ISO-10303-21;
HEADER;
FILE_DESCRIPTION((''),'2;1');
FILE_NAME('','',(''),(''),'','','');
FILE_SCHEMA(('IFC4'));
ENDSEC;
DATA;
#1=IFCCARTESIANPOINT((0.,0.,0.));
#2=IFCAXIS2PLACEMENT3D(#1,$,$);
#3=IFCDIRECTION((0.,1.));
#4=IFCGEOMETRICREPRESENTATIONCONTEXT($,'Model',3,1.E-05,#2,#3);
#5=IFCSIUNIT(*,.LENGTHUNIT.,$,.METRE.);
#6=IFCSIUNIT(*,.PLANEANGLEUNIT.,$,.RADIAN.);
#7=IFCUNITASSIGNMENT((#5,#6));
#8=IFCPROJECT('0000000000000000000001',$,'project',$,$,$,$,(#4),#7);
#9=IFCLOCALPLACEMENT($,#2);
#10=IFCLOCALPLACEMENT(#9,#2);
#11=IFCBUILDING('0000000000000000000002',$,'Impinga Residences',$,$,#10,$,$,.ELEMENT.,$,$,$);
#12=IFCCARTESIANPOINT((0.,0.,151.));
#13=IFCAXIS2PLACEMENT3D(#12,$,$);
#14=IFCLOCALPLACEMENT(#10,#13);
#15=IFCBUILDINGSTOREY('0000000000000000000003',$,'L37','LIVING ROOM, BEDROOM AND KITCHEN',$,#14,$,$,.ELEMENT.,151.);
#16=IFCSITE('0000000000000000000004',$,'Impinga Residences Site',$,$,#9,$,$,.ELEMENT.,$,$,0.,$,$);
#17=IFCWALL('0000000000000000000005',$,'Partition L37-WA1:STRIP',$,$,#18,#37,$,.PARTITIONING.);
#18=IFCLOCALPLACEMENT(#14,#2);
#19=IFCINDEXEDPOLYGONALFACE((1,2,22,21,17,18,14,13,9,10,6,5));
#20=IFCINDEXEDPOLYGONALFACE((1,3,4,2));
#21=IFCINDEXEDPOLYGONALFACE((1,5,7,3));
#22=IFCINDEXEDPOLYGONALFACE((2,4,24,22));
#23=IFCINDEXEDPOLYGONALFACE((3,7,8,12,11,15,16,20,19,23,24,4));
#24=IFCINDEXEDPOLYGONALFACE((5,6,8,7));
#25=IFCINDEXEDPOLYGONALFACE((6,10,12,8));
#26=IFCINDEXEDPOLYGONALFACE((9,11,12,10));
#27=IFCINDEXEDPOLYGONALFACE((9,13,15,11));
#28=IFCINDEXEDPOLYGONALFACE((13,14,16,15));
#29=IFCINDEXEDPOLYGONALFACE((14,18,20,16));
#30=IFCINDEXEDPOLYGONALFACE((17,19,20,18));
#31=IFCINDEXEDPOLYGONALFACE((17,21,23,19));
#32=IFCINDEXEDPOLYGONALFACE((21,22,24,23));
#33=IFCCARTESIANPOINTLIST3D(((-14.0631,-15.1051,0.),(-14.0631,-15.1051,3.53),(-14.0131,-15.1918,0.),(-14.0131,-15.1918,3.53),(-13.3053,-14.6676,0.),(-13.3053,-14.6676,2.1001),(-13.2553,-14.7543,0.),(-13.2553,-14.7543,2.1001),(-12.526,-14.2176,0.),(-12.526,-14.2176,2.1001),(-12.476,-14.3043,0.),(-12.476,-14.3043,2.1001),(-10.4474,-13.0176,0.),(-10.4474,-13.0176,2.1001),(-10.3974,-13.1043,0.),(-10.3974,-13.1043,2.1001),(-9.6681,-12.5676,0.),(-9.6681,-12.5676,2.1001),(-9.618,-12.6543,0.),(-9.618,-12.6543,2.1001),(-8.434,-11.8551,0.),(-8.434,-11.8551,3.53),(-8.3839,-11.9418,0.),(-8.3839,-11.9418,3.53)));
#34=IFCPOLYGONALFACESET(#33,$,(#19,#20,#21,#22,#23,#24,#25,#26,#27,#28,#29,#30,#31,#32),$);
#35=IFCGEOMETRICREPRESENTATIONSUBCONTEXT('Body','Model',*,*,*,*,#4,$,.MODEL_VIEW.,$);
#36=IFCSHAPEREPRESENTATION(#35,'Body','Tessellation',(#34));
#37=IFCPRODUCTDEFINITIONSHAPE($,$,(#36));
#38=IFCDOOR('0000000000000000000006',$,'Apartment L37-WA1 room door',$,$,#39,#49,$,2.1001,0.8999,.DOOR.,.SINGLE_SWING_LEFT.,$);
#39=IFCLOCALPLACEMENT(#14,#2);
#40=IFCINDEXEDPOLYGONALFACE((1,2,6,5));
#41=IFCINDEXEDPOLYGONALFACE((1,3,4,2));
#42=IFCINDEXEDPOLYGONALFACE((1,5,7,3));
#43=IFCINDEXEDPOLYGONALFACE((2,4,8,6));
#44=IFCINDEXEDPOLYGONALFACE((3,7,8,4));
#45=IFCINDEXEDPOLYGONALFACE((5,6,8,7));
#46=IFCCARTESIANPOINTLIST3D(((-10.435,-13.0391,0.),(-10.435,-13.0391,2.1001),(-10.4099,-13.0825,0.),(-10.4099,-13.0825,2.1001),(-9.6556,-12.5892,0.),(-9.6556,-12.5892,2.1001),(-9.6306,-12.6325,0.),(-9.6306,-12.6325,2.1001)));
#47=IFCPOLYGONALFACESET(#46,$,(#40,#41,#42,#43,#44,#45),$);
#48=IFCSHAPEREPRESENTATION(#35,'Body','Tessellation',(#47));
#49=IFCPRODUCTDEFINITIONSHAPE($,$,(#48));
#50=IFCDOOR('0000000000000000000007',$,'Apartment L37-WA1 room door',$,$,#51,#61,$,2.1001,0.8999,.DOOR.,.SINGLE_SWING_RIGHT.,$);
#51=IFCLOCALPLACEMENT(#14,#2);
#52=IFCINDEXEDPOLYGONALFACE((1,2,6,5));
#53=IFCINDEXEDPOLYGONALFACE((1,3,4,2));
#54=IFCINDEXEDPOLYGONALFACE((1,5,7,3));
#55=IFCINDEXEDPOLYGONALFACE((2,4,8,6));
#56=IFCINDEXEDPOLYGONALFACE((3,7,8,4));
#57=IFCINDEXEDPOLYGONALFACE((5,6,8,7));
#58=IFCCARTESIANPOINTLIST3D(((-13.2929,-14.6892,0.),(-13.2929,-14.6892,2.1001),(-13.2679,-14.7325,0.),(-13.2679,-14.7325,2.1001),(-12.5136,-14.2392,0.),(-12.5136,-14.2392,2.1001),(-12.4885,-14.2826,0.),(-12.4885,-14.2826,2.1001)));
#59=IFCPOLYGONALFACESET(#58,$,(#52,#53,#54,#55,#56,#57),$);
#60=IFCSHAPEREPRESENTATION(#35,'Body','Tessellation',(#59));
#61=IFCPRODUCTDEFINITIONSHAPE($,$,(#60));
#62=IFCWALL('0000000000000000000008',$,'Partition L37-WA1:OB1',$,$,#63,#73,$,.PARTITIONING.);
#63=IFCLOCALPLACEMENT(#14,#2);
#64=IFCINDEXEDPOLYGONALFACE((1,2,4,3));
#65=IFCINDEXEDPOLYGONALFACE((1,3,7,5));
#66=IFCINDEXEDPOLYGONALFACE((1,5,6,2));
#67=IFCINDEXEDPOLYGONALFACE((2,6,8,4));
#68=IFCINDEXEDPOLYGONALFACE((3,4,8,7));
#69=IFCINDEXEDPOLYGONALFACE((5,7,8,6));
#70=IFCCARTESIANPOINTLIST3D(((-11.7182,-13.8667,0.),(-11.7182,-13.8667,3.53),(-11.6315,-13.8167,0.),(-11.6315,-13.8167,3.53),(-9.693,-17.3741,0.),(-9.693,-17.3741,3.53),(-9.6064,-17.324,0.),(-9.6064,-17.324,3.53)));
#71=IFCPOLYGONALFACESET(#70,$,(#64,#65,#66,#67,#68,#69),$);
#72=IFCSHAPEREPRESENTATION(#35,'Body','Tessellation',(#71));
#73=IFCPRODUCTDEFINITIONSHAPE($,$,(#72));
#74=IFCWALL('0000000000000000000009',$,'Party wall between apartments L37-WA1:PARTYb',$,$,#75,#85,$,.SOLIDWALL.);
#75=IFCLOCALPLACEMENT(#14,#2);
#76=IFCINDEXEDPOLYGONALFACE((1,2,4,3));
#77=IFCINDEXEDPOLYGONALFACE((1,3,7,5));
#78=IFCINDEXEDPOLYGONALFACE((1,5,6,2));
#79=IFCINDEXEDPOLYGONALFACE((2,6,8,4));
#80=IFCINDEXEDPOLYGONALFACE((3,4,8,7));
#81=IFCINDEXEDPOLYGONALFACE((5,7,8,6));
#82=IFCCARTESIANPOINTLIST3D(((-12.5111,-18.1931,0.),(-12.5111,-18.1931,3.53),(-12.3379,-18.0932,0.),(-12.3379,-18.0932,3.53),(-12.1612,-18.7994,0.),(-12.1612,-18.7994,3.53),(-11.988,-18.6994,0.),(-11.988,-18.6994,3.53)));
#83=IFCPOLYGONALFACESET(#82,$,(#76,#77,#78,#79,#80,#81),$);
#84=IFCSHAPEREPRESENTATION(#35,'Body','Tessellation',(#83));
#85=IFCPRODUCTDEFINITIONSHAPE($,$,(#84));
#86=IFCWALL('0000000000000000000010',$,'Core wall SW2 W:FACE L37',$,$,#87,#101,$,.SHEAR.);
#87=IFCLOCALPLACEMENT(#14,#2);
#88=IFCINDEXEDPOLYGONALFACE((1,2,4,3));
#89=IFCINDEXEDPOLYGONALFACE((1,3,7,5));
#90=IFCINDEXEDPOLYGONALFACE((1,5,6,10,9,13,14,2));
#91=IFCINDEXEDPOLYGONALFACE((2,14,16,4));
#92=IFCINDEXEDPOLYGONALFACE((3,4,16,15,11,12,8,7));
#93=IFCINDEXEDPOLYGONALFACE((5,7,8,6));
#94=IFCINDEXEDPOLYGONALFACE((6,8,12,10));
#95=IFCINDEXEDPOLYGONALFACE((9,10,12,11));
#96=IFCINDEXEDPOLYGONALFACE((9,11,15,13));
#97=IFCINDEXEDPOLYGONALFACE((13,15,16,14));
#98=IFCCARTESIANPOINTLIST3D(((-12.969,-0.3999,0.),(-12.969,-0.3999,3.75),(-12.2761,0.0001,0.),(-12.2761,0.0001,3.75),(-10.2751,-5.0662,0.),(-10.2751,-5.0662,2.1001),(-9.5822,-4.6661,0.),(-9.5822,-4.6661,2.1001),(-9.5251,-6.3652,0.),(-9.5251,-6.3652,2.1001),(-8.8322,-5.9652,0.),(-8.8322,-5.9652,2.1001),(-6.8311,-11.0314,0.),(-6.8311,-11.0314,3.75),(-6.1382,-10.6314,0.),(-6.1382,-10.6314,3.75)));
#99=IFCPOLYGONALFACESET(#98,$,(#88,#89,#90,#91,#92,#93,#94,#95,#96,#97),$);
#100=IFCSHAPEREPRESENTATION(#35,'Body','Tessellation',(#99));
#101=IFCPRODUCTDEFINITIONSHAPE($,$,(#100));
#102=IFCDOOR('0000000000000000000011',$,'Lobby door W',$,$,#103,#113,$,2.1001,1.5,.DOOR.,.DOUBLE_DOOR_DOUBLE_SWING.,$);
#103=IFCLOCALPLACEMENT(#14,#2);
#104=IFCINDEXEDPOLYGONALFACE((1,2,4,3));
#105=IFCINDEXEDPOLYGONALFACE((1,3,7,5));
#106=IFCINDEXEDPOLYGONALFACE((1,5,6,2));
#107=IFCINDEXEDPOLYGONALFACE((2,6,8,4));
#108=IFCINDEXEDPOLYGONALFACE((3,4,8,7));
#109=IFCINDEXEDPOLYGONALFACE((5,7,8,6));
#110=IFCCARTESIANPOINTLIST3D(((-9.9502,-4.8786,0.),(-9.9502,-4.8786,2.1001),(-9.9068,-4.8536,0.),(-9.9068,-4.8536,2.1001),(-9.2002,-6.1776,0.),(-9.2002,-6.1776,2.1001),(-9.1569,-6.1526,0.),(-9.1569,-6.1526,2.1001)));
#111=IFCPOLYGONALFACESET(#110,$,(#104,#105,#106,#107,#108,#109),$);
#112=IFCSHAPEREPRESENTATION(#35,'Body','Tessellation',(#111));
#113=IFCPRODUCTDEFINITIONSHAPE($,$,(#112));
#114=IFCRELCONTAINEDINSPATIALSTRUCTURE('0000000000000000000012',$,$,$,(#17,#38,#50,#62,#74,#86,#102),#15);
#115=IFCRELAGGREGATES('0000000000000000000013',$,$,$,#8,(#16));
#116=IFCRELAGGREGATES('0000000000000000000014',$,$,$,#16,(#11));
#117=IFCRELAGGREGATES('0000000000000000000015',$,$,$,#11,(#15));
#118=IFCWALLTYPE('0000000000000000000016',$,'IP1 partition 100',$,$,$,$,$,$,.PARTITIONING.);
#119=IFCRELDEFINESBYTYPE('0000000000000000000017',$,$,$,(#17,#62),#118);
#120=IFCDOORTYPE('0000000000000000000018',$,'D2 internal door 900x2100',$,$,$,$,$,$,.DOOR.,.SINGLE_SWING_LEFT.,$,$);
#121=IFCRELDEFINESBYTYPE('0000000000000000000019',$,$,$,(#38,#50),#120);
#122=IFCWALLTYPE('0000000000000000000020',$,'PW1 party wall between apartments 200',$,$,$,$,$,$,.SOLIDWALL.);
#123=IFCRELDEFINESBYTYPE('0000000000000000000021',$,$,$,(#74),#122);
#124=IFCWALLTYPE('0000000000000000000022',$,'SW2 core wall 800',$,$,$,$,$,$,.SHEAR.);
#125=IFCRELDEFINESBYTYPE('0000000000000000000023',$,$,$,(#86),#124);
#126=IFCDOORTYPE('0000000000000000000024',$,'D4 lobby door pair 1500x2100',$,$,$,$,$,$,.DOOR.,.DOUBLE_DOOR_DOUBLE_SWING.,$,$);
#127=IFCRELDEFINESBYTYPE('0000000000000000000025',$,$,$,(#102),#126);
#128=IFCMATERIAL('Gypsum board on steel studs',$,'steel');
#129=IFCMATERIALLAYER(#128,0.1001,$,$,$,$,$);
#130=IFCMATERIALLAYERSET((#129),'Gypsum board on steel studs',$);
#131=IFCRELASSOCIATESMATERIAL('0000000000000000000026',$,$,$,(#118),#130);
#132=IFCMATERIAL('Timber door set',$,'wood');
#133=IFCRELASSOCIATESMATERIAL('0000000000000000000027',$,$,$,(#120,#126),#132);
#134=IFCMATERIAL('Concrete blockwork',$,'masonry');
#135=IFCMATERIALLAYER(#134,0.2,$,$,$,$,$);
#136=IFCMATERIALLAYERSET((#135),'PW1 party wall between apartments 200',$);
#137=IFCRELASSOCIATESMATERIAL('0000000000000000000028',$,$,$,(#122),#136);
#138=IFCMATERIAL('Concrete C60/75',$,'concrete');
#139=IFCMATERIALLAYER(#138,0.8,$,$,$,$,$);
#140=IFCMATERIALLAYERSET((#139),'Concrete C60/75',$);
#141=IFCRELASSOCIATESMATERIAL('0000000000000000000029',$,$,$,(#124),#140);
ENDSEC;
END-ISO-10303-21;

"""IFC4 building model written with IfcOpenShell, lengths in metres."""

from ifc_helpers import new_model, si_unit, direction, frame, frame_2d, origin, place, context, subcontext, project, spatial, rectangle, extrude, material, layer, layer_set, type_object, element, fill, save


model = new_model("IFC4")

# Units and contexts
model_context = context("Model", 3, precision=1e-05, world=origin(), true_north=direction((0.0, 1.0)))
body_context = subcontext(model_context, "Body", "Model", "MODEL_VIEW")
ifc_project = project(units=[si_unit("LENGTHUNIT", "METRE"), si_unit("PLANEANGLEUNIT", "RADIAN")], contexts=[model_context])

# Site, building, storey
site_placement = place(None, origin())
site = spatial("IfcSite", under=ifc_project, at=site_placement, Name="Impinga Residences Site", CompositionType="ELEMENT", RefElevation=0.0)
building_placement = place(site_placement, origin())
building = spatial("IfcBuilding", under=site, at=building_placement, Name="Impinga Residences", CompositionType="ELEMENT")
storey_placement = place(building_placement, frame((0.0, 0.0, 151.0)))
storey = spatial("IfcBuildingStorey", under=building, at=storey_placement, Name="L37", Description="LIVING ROOM, BEDROOM AND KITCHEN", CompositionType="ELEMENT", Elevation=151.0)

# Shared definitions
ifc_material_1 = material(Name="Concrete C60/75", Category="concrete")

# Shared definitions
ifc_material_2 = material(Name="Gypsum board on steel studs", Category="steel")
ifc_layer_1 = layer(ifc_material_2, 0.1001)
ifc_layer_set_1 = layer_set([ifc_layer_1], Name="Gypsum board on steel studs")
wall_type_1 = type_object("IfcWallType", Name="IP1 partition 100", PredefinedType="PARTITIONING", material=ifc_layer_set_1)

# Wall, openings, doors
wall_1_placement = place(storey_placement, frame((-8.4089, -11.8984, 0.0), z_axis=(0.0, 0.0, 1.0), x_axis=(-0.866025, -0.500001, 0.0)))
wall_1 = element("IfcWall", 1, at=wall_1_placement, inside=storey, type_object=wall_type_1, Name="Partition L37-WA1:STRIP", PredefinedType="PARTITIONING", context=body_context, shape_type="SweptSolid", body=[
    extrude(rectangle(XDim=6.5, YDim=0.1001, at=frame_2d((3.25, 0.0))), origin(), (0.0, 0.0, 1.0), 3.53),
])
opening_1_placement = place(wall_1_placement, frame((1.425, 0.0, 0.0)))
opening_1 = element("IfcOpeningElement", 2, at=opening_1_placement, cuts=wall_1, PredefinedType="OPENING", context=body_context, shape_type="SweptSolid", body=[
    extrude(rectangle(XDim=0.8999, YDim=2.1001, at=frame_2d((0.45, 1.05))), frame((0.0, 0.0601, 0.0), z_axis=(0.0, -1.0, 0.0), x_axis=(1.0, 0.0, 0.0)), (0.0, 0.0, 1.0), 0.1201),
])
opening_2_placement = place(wall_1_placement, frame((4.7251, 0.0, 0.0)))
opening_2 = element("IfcOpeningElement", 3, at=opening_2_placement, cuts=wall_1, PredefinedType="OPENING", context=body_context, shape_type="SweptSolid", body=[
    extrude(rectangle(XDim=0.8999, YDim=2.1001, at=frame_2d((0.45, 1.05))), frame((0.0, 0.0601, 0.0), z_axis=(0.0, -1.0, 0.0), x_axis=(1.0, 0.0, 0.0)), (0.0, 0.0, 1.0), 0.1201),
])
ifc_material_3 = material(Name="Timber door set", Category="wood")
door_type_1 = type_object("IfcDoorType", Name="D2 internal door 900x2100", OperationType="SINGLE_SWING_LEFT", PredefinedType="DOOR", material=ifc_material_3)
door_1_placement = place(opening_1_placement, origin())
door_1 = element("IfcDoor", 4, at=door_1_placement, inside=storey, type_object=door_type_1, Name="Apartment L37-WA1 room door", OperationType="SINGLE_SWING_LEFT", OverallHeight=2.1001, OverallWidth=0.8999, PredefinedType="DOOR", context=body_context, shape_type="SweptSolid", body=[
    extrude(rectangle(XDim=0.8999, YDim=2.1001, at=frame_2d((0.45, 1.05))), frame((0.0, 0.0249, 0.0), z_axis=(0.0, -1.0, 0.0), x_axis=(1.0, 0.0, 0.0)), (0.0, 0.0, 1.0), 0.05),
])
fill(opening_1, door_1)
door_2_placement = place(opening_2_placement, origin())
door_2 = element("IfcDoor", 5, at=door_2_placement, inside=storey, type_object=door_type_1, Name="Apartment L37-WA1 room door", OperationType="SINGLE_SWING_RIGHT", OverallHeight=2.1001, OverallWidth=0.8999, PredefinedType="DOOR", context=body_context, shape_type="SweptSolid", body=[
    extrude(rectangle(XDim=0.8999, YDim=2.1001, at=frame_2d((0.45, 1.05))), frame((0.0, 0.0249, 0.0), z_axis=(0.0, -1.0, 0.0), x_axis=(1.0, 0.0, 0.0)), (0.0, 0.0, 1.0), 0.05),
])
fill(opening_2, door_2)

# Walls
wall_2_placement = place(storey_placement, frame((-11.6748, -13.8418, 0.0), z_axis=(0.0, 0.0, 1.0), x_axis=(0.500036, -0.866005, 0.0)))
element("IfcWall", 6, at=wall_2_placement, inside=storey, type_object=wall_type_1, Name="Partition L37-WA1:OB1", PredefinedType="PARTITIONING", context=body_context, shape_type="SweptSolid", body=[
    extrude(rectangle(XDim=4.05, YDim=0.1001, at=frame_2d((2.0249, 0.0))), origin(), (0.0, 0.0, 1.0), 3.53),
])
ifc_material_4 = material(Name="Concrete blockwork", Category="masonry")
ifc_layer_2 = layer(ifc_material_4, 0.2)
ifc_layer_set_2 = layer_set([ifc_layer_2], Name="PW1 party wall between apartments 200")
wall_type_2 = type_object("IfcWallType", Name="PW1 party wall between apartments 200", PredefinedType="SOLIDWALL", material=ifc_layer_set_2)
wall_3_placement = place(storey_placement, frame((-12.4246, -18.1431, 0.0), z_axis=(0.0, 0.0, 1.0), x_axis=(0.499853, -0.86611, 0.0)))
element("IfcWall", 7, at=wall_3_placement, inside=storey, type_object=wall_type_2, Name="Party wall between apartments L37-WA1:PARTYb", PredefinedType="SOLIDWALL", context=body_context, shape_type="SweptSolid", body=[
    extrude(rectangle(XDim=0.7, YDim=0.2, at=frame_2d((0.3501, 0.0))), origin(), (0.0, 0.0, 1.0), 3.53),
])

# Wall, opening, door
ifc_layer_3 = layer(ifc_material_1, 0.8)
ifc_layer_set_3 = layer_set([ifc_layer_3], Name="Concrete C60/75")
wall_type_3 = type_object("IfcWallType", Name="SW2 core wall 800", PredefinedType="SHEAR", material=ifc_layer_set_3)
wall_4_placement = place(storey_placement, frame((-6.4846, -10.8315, 0.0), z_axis=(0.0, 0.0, 1.0), x_axis=(-0.499987, 0.866033, 0.0)))
wall_4 = element("IfcWall", 8, at=wall_4_placement, inside=storey, type_object=wall_type_3, Name="Core wall SW2 W:FACE L37", PredefinedType="SHEAR", context=body_context, shape_type="SweptSolid", body=[
    extrude(rectangle(XDim=12.2761, YDim=0.8, at=frame_2d((6.1382, 0.0))), origin(), (0.0, 0.0, 1.0), 3.75),
])
opening_3_placement = place(wall_4_placement, frame((5.3882, 0.0, 0.0)))
opening_3 = element("IfcOpeningElement", 9, at=opening_3_placement, cuts=wall_4, PredefinedType="OPENING", context=body_context, shape_type="SweptSolid", body=[
    extrude(rectangle(XDim=1.5, YDim=2.1001, at=frame_2d((0.75, 1.05))), frame((0.0, 0.4099, 0.0), z_axis=(0.0, -1.0, 0.0), x_axis=(1.0, 0.0, 0.0)), (0.0, 0.0, 1.0), 0.8201),
])
door_type_2 = type_object("IfcDoorType", Name="D4 lobby door pair 1500x2100", OperationType="DOUBLE_DOOR_DOUBLE_SWING", PredefinedType="DOOR", material=ifc_material_3)
door_3_placement = place(opening_3_placement, origin())
door_3 = element("IfcDoor", 10, at=door_3_placement, inside=storey, type_object=door_type_2, Name="Lobby door W", OperationType="DOUBLE_DOOR_DOUBLE_SWING", OverallHeight=2.1001, OverallWidth=1.5, PredefinedType="DOOR", context=body_context, shape_type="SweptSolid", body=[
    extrude(rectangle(XDim=1.5, YDim=2.1001, at=frame_2d((0.75, 1.05))), frame((0.0, 0.0249, 0.0), z_axis=(0.0, -1.0, 0.0), x_axis=(1.0, 0.0, 0.0)), (0.0, 0.0, 1.0), 0.05),
])
fill(opening_3, door_3)

save(model, "model.ifc")
